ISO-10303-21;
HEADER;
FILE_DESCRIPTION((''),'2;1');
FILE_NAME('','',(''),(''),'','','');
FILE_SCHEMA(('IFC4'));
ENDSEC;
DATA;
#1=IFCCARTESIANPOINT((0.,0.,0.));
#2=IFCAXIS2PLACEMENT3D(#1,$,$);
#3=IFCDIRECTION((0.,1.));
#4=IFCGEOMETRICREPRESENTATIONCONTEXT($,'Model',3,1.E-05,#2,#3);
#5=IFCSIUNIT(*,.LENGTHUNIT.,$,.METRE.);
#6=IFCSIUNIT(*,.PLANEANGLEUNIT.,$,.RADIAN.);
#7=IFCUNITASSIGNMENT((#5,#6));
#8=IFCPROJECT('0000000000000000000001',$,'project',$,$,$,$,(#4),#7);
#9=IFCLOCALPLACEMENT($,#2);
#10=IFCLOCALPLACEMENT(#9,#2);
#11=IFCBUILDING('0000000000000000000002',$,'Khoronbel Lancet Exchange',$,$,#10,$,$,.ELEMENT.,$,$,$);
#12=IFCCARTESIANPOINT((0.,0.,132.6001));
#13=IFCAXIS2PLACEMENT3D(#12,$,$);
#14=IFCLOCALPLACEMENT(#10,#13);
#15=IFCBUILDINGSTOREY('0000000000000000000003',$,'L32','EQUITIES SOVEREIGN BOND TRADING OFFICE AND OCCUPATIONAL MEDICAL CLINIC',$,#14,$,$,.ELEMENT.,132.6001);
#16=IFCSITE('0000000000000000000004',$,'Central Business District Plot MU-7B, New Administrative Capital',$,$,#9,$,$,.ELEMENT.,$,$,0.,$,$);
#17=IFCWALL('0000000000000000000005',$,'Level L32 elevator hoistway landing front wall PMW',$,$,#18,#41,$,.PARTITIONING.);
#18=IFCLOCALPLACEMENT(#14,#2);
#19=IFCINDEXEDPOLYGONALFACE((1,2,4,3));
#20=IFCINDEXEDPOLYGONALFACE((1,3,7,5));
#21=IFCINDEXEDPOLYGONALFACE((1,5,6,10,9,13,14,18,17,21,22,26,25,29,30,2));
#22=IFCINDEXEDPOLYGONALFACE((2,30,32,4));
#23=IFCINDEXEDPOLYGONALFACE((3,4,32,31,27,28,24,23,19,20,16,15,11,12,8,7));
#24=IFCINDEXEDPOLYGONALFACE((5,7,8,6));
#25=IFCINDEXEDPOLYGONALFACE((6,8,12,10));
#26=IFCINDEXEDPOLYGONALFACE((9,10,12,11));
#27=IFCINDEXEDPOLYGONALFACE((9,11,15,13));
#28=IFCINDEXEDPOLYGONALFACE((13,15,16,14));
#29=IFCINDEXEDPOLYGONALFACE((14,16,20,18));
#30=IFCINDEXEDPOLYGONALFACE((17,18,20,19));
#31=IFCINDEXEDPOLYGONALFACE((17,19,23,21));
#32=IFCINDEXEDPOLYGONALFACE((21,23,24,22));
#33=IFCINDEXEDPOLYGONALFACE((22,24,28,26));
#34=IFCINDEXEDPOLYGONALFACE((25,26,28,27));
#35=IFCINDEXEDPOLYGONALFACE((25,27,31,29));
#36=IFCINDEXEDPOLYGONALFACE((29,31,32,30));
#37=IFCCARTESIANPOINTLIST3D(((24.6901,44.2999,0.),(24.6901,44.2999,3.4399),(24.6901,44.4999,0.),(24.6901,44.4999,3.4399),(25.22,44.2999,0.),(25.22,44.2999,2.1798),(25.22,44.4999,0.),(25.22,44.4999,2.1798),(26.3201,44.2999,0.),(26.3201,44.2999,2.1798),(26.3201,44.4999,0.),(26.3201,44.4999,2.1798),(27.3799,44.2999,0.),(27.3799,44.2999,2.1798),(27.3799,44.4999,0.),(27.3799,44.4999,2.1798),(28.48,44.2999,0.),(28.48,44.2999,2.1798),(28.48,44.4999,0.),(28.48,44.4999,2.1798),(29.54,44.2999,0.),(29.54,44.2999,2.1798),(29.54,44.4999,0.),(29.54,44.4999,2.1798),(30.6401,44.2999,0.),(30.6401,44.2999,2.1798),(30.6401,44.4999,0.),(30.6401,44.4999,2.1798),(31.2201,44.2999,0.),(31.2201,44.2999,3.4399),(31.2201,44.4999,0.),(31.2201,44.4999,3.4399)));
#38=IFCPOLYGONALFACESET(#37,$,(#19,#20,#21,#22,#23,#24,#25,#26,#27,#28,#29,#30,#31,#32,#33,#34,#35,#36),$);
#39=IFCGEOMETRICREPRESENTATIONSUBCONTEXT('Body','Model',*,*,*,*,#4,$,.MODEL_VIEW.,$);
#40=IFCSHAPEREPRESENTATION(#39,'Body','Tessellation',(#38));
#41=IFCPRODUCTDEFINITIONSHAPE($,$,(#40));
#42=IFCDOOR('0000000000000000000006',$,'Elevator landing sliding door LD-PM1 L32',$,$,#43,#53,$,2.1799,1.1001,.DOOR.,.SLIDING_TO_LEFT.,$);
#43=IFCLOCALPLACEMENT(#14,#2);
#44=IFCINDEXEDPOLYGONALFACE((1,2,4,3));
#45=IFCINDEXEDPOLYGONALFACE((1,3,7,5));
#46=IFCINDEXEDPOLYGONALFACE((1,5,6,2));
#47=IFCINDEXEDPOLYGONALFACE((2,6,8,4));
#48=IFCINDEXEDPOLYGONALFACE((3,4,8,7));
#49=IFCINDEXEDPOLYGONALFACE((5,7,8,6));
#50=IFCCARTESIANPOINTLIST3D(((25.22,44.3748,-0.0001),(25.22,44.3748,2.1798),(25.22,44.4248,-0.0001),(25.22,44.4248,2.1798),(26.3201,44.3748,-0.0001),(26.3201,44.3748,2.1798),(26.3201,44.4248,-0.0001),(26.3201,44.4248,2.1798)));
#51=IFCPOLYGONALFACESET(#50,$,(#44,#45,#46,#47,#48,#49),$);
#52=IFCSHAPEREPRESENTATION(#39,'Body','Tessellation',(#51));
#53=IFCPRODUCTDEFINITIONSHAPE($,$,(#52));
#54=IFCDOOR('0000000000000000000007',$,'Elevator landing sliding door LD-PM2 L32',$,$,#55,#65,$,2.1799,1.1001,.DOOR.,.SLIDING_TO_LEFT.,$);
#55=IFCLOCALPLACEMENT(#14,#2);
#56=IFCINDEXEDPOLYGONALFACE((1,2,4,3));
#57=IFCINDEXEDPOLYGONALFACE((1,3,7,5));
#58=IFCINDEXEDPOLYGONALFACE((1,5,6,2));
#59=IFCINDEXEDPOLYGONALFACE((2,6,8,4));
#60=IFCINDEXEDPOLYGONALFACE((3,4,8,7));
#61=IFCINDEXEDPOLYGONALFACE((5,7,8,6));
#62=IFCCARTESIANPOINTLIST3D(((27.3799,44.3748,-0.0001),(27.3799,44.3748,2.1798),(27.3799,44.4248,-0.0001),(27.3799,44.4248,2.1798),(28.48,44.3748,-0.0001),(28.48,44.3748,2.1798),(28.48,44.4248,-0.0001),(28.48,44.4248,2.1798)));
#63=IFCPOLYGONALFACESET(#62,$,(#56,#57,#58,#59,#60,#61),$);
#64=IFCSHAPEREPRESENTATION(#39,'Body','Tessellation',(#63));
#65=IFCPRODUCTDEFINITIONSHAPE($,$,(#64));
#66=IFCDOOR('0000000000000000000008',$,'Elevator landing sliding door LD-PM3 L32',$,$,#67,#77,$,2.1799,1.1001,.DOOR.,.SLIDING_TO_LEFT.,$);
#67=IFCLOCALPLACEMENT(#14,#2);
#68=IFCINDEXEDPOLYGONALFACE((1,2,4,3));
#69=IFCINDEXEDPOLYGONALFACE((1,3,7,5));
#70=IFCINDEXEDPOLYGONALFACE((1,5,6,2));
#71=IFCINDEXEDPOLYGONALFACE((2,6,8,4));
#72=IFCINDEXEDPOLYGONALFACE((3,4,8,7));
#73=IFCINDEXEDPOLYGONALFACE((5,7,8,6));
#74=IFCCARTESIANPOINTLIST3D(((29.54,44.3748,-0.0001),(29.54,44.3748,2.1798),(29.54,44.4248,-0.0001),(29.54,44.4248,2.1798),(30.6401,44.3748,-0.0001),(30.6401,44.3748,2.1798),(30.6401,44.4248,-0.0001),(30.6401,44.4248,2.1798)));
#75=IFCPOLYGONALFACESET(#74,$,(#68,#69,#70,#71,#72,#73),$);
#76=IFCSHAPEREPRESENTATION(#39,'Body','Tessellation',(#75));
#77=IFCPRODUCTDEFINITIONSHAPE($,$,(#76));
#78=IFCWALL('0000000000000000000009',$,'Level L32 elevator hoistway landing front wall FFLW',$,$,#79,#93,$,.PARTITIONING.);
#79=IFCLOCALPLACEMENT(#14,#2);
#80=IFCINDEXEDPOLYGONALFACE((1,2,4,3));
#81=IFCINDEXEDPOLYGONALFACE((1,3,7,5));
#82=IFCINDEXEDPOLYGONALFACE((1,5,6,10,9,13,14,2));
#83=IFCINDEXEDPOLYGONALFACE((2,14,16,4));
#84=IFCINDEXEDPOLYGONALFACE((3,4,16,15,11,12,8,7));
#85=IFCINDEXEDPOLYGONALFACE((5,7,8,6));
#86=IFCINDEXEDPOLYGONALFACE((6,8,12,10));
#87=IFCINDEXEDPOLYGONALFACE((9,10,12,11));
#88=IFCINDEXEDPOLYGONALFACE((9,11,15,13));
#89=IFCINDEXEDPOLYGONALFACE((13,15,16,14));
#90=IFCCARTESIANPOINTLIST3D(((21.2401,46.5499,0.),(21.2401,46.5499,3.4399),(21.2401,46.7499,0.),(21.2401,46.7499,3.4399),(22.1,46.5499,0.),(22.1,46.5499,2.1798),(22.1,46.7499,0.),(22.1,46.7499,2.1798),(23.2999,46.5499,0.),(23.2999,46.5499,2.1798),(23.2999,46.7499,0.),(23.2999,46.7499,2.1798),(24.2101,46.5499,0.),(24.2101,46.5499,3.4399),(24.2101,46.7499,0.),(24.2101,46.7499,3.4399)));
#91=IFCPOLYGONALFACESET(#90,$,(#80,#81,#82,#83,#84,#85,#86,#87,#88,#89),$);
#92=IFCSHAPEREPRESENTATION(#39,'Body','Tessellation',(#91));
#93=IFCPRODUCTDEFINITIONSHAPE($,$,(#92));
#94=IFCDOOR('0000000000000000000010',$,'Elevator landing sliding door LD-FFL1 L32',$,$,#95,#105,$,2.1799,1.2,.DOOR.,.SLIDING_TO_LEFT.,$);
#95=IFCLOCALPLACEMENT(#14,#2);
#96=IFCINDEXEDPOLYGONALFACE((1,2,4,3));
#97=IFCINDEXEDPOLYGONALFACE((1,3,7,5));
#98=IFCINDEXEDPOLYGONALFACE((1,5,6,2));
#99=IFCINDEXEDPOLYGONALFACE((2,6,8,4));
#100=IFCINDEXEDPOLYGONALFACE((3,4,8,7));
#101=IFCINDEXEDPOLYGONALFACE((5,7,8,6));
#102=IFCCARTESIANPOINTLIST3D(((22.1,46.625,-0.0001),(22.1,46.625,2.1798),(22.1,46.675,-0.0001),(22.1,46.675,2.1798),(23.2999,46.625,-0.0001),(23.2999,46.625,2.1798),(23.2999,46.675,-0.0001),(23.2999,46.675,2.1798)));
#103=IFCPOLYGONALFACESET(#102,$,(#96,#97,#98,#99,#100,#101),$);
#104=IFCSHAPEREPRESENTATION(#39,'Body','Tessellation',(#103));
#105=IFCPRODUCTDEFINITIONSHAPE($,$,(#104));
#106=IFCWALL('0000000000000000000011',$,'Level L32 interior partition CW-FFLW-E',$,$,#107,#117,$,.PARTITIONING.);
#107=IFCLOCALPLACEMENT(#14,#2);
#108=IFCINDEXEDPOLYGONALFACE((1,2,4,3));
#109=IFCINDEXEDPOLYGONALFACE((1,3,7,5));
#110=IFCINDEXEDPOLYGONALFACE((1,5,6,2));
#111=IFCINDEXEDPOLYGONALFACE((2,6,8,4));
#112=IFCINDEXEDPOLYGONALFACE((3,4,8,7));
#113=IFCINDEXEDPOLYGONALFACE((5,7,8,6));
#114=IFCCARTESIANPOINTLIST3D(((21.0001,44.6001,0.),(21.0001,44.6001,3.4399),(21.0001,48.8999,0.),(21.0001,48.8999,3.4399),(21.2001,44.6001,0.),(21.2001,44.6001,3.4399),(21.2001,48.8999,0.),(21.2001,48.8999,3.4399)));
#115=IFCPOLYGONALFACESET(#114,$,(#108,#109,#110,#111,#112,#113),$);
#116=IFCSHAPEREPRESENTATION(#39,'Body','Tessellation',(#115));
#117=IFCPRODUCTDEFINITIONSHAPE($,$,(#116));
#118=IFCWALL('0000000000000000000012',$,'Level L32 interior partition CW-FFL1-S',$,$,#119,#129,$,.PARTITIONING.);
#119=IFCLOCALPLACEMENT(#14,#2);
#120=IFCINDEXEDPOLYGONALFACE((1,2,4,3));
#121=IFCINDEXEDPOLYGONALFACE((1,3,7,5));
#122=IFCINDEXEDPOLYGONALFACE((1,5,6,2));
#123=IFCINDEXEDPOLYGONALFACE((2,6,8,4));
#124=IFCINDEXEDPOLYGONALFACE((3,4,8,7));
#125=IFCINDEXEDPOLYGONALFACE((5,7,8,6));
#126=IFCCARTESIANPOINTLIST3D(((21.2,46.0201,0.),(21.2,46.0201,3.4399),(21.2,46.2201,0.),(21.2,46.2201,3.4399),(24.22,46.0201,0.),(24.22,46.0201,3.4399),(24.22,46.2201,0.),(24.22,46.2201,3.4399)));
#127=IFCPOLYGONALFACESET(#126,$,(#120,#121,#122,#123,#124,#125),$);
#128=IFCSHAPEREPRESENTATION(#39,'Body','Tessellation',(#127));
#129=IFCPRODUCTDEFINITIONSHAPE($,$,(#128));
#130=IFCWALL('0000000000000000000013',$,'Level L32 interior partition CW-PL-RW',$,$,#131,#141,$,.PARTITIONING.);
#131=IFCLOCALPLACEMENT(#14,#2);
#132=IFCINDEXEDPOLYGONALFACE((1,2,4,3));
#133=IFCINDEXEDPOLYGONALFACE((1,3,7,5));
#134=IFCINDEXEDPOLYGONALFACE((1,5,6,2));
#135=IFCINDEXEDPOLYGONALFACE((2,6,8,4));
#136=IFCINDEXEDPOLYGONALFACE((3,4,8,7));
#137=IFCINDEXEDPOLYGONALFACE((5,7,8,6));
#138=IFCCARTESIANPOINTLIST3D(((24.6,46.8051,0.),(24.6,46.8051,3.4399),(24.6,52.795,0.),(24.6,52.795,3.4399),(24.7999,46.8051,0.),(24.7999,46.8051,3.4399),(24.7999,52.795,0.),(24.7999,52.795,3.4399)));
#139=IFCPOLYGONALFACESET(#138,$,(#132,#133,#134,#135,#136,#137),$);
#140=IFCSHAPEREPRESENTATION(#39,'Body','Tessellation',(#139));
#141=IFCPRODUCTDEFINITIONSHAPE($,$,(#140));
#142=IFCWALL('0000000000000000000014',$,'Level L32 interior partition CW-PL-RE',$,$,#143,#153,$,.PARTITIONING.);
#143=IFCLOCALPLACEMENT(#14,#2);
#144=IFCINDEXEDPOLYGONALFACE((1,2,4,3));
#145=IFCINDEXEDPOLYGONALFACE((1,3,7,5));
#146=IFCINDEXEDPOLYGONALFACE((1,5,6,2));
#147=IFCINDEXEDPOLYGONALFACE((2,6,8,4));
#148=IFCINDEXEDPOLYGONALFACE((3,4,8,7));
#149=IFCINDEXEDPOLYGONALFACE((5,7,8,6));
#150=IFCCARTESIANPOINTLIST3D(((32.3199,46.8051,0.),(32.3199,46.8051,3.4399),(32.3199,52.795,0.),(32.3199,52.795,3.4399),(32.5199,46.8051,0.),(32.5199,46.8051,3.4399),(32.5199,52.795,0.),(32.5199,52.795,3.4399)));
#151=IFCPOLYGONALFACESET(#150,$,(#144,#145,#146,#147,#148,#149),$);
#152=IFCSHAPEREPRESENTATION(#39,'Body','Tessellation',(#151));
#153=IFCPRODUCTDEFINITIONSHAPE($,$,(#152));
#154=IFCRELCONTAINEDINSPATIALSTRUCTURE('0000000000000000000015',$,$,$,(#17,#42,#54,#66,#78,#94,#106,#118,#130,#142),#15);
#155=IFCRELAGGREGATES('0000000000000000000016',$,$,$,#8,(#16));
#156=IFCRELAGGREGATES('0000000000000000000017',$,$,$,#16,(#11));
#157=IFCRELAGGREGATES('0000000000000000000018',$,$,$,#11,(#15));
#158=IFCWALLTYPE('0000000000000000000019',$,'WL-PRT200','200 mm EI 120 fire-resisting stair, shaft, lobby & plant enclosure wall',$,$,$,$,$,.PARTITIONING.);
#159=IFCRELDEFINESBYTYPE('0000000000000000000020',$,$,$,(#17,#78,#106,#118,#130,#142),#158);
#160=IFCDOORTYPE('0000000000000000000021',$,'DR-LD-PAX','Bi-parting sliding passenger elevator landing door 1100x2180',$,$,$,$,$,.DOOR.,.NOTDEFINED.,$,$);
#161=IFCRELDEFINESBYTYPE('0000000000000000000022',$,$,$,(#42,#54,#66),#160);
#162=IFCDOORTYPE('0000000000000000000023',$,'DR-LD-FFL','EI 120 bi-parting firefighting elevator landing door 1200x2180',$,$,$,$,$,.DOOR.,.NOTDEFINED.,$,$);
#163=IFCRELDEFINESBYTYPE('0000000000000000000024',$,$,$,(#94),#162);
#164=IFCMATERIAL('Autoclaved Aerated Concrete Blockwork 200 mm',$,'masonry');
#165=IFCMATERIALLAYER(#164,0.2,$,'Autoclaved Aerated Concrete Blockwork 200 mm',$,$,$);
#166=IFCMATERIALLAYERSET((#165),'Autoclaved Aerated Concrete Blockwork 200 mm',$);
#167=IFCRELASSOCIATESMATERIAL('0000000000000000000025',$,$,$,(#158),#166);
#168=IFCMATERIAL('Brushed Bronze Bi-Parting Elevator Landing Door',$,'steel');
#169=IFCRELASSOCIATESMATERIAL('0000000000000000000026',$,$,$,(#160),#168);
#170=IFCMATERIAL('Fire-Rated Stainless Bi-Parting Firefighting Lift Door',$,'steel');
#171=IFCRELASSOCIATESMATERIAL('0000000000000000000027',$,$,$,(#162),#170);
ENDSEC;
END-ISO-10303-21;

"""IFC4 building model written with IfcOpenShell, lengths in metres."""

from ifc_helpers import new_model, si_unit, direction, frame, frame_2d, origin, place, context, subcontext, project, spatial, rectangle, extrude, material, layer, layer_set, type_object, element, fill, save


model = new_model("IFC4")

# Units and contexts
model_context = context("Model", 3, precision=1e-05, world=origin(), true_north=direction((0.0, 1.0)))
body_context = subcontext(model_context, "Body", "Model", "MODEL_VIEW")
ifc_project = project(units=[si_unit("LENGTHUNIT", "METRE"), si_unit("PLANEANGLEUNIT", "RADIAN")], contexts=[model_context])

# Site, building, storey
site_placement = place(None, origin())
site = spatial("IfcSite", under=ifc_project, at=site_placement, Name="Central Business District Plot MU-7B, New Administrative Capital", CompositionType="ELEMENT", RefElevation=0.0)
building_placement = place(site_placement, origin())
building = spatial("IfcBuilding", under=site, at=building_placement, Name="Khoronbel Lancet Exchange", CompositionType="ELEMENT")
storey_placement = place(building_placement, frame((0.0, 0.0, 132.6001)))
storey = spatial("IfcBuildingStorey", under=building, at=storey_placement, Name="L32", Description="EQUITIES SOVEREIGN BOND TRADING OFFICE AND OCCUPATIONAL MEDICAL CLINIC", CompositionType="ELEMENT", Elevation=132.6001)

# Wall, openings, doors
ifc_material_1 = material(Name="Autoclaved Aerated Concrete Blockwork 200 mm", Category="masonry")
ifc_layer_1 = layer(ifc_material_1, 0.2, Name="Autoclaved Aerated Concrete Blockwork 200 mm")
ifc_layer_set_1 = layer_set([ifc_layer_1], Name="Autoclaved Aerated Concrete Blockwork 200 mm")
wall_type_1 = type_object("IfcWallType", Name="WL-PRT200", Description="200 mm EI 120 fire-resisting stair, shaft, lobby & plant enclosure wall", PredefinedType="PARTITIONING", material=ifc_layer_set_1)
wall_1_placement = place(storey_placement, frame((24.6899, 44.3999, 0.0), z_axis=(0.0, 0.0, 1.0), x_axis=(1.0, 0.0, 0.0)))
wall_1 = element("IfcWall", 1, at=wall_1_placement, inside=storey, type_object=wall_type_1, Name="Level L32 elevator hoistway landing front wall PMW", PredefinedType="PARTITIONING", context=body_context, shape_type="SweptSolid", body=[
    extrude(rectangle(XDim=6.53, YDim=0.2, at=frame_2d((3.2651, 0.0))), origin(), (0.0, 0.0, 1.0), 3.4399),
])
opening_1_placement = place(wall_1_placement, frame((0.53, 0.0, 0.0)))
opening_1 = element("IfcOpeningElement", 2, at=opening_1_placement, cuts=wall_1, PredefinedType="OPENING", context=body_context, shape_type="SweptSolid", body=[
    extrude(rectangle(XDim=1.1001, YDim=2.1799, at=frame_2d((0.55, 1.0898))), frame((0.0, 0.1099, 0.0), z_axis=(0.0, -1.0, 0.0), x_axis=(1.0, 0.0, 0.0)), (0.0, 0.0, 1.0), 0.22),
])
opening_2_placement = place(wall_1_placement, frame((2.6899, 0.0, 0.0)))
opening_2 = element("IfcOpeningElement", 3, at=opening_2_placement, cuts=wall_1, PredefinedType="OPENING", context=body_context, shape_type="SweptSolid", body=[
    extrude(rectangle(XDim=1.1001, YDim=2.1799, at=frame_2d((0.55, 1.0898))), frame((0.0, 0.1099, 0.0), z_axis=(0.0, -1.0, 0.0), x_axis=(1.0, 0.0, 0.0)), (0.0, 0.0, 1.0), 0.22),
])
opening_3_placement = place(wall_1_placement, frame((4.8501, 0.0, 0.0)))
opening_3 = element("IfcOpeningElement", 4, at=opening_3_placement, cuts=wall_1, PredefinedType="OPENING", context=body_context, shape_type="SweptSolid", body=[
    extrude(rectangle(XDim=1.1001, YDim=2.1799, at=frame_2d((0.55, 1.0898))), frame((0.0, 0.1099, 0.0), z_axis=(0.0, -1.0, 0.0), x_axis=(1.0, 0.0, 0.0)), (0.0, 0.0, 1.0), 0.22),
])
ifc_material_2 = material(Name="Brushed Bronze Bi-Parting Elevator Landing Door", Category="steel")
door_type_1 = type_object("IfcDoorType", Name="DR-LD-PAX", Description="Bi-parting sliding passenger elevator landing door 1100x2180", OperationType="NOTDEFINED", PredefinedType="DOOR", material=ifc_material_2)
door_1_placement = place(opening_1_placement, origin())
door_1 = element("IfcDoor", 5, at=door_1_placement, inside=storey, type_object=door_type_1, Name="Elevator landing sliding door LD-PM1 L32", OperationType="SLIDING_TO_LEFT", OverallHeight=2.1799, OverallWidth=1.1001, PredefinedType="DOOR", context=body_context, shape_type="SweptSolid", body=[
    extrude(rectangle(XDim=1.1001, YDim=2.1799, at=frame_2d((0.55, 1.0898))), frame((0.0, 0.0249, 0.0), z_axis=(0.0, -1.0, 0.0), x_axis=(1.0, 0.0, 0.0)), (0.0, 0.0, 1.0), 0.05),
])
fill(opening_1, door_1)
door_2_placement = place(opening_2_placement, origin())
door_2 = element("IfcDoor", 6, at=door_2_placement, inside=storey, type_object=door_type_1, Name="Elevator landing sliding door LD-PM2 L32", OperationType="SLIDING_TO_LEFT", OverallHeight=2.1799, OverallWidth=1.1001, PredefinedType="DOOR", context=body_context, shape_type="SweptSolid", body=[
    extrude(rectangle(XDim=1.1001, YDim=2.1799, at=frame_2d((0.55, 1.0898))), frame((0.0, 0.0249, 0.0), z_axis=(0.0, -1.0, 0.0), x_axis=(1.0, 0.0, 0.0)), (0.0, 0.0, 1.0), 0.05),
])
fill(opening_2, door_2)
door_3_placement = place(opening_3_placement, origin())
door_3 = element("IfcDoor", 7, at=door_3_placement, inside=storey, type_object=door_type_1, Name="Elevator landing sliding door LD-PM3 L32", OperationType="SLIDING_TO_LEFT", OverallHeight=2.1799, OverallWidth=1.1001, PredefinedType="DOOR", context=body_context, shape_type="SweptSolid", body=[
    extrude(rectangle(XDim=1.1001, YDim=2.1799, at=frame_2d((0.55, 1.0898))), frame((0.0, 0.0249, 0.0), z_axis=(0.0, -1.0, 0.0), x_axis=(1.0, 0.0, 0.0)), (0.0, 0.0, 1.0), 0.05),
])
fill(opening_3, door_3)

# Wall, opening, door
wall_2_placement = place(storey_placement, frame((24.21, 46.6499, 0.0), z_axis=(0.0, 0.0, 1.0), x_axis=(-1.0, 0.0, 0.0)))
wall_2 = element("IfcWall", 8, at=wall_2_placement, inside=storey, type_object=wall_type_1, Name="Level L32 elevator hoistway landing front wall FFLW", PredefinedType="PARTITIONING", context=body_context, shape_type="SweptSolid", body=[
    extrude(rectangle(XDim=2.97, YDim=0.2, at=frame_2d((1.4849, 0.0))), origin(), (0.0, 0.0, 1.0), 3.4399),
])
opening_4_placement = place(wall_2_placement, frame((0.9099, 0.0, 0.0)))
opening_4 = element("IfcOpeningElement", 9, at=opening_4_placement, cuts=wall_2, PredefinedType="OPENING", context=body_context, shape_type="SweptSolid", body=[
    extrude(rectangle(XDim=1.2, YDim=2.1799, at=frame_2d((0.6001, 1.0898))), frame((0.0, 0.1099, 0.0), z_axis=(0.0, -1.0, 0.0), x_axis=(1.0, 0.0, 0.0)), (0.0, 0.0, 1.0), 0.22),
])
ifc_material_3 = material(Name="Fire-Rated Stainless Bi-Parting Firefighting Lift Door", Category="steel")
door_type_2 = type_object("IfcDoorType", Name="DR-LD-FFL", Description="EI 120 bi-parting firefighting elevator landing door 1200x2180", OperationType="NOTDEFINED", PredefinedType="DOOR", material=ifc_material_3)
door_4_placement = place(opening_4_placement, origin())
door_4 = element("IfcDoor", 10, at=door_4_placement, inside=storey, type_object=door_type_2, Name="Elevator landing sliding door LD-FFL1 L32", OperationType="SLIDING_TO_LEFT", OverallHeight=2.1799, OverallWidth=1.2, PredefinedType="DOOR", context=body_context, shape_type="SweptSolid", body=[
    extrude(rectangle(XDim=1.2, YDim=2.1799, at=frame_2d((0.6001, 1.0898))), frame((0.0, 0.0249, 0.0), z_axis=(0.0, -1.0, 0.0), x_axis=(1.0, 0.0, 0.0)), (0.0, 0.0, 1.0), 0.05),
])
fill(opening_4, door_4)

# Walls
wall_3_placement = place(storey_placement, frame((21.1001, 44.6001, 0.0), z_axis=(0.0, 0.0, 1.0), x_axis=(0.0, 1.0, 0.0)))
element("IfcWall", 11, at=wall_3_placement, inside=storey, type_object=wall_type_1, Name="Level L32 interior partition CW-FFLW-E", PredefinedType="PARTITIONING", context=body_context, shape_type="SweptSolid", body=[
    extrude(rectangle(XDim=4.2998, YDim=0.2, at=frame_2d((2.1499, 0.0))), origin(), (0.0, 0.0, 1.0), 3.4399),
])
wall_4_placement = place(storey_placement, frame((21.2, 46.1201, 0.0), z_axis=(0.0, 0.0, 1.0), x_axis=(1.0, 0.0, 0.0)))
element("IfcWall", 12, at=wall_4_placement, inside=storey, type_object=wall_type_1, Name="Level L32 interior partition CW-FFL1-S", PredefinedType="PARTITIONING", context=body_context, shape_type="SweptSolid", body=[
    extrude(rectangle(XDim=3.02, YDim=0.2, at=frame_2d((1.51, 0.0))), origin(), (0.0, 0.0, 1.0), 3.4399),
])
for number, where, z_axis, x_axis, name in (
    (13, (24.7, 46.8049, 0.0), (0.0, 0.0, 1.0), (0.0, 1.0, 0.0), "Level L32 interior partition CW-PL-RW"),
    (14, (32.4199, 46.8049, 0.0), (0.0, 0.0, 1.0), (0.0, 1.0, 0.0), "Level L32 interior partition CW-PL-RE"),
):
    element("IfcWall", number, at=place(storey_placement, frame(where, z_axis=z_axis, x_axis=x_axis)), inside=storey, type_object=wall_type_1, Name=name, PredefinedType="PARTITIONING", context=body_context, shape_type="SweptSolid", body=[
        extrude(rectangle(XDim=5.99, YDim=0.2, at=frame_2d((2.9951, 0.0))), origin(), (0.0, 0.0, 1.0), 3.4399),
    ])

save(model, "model.ifc")
